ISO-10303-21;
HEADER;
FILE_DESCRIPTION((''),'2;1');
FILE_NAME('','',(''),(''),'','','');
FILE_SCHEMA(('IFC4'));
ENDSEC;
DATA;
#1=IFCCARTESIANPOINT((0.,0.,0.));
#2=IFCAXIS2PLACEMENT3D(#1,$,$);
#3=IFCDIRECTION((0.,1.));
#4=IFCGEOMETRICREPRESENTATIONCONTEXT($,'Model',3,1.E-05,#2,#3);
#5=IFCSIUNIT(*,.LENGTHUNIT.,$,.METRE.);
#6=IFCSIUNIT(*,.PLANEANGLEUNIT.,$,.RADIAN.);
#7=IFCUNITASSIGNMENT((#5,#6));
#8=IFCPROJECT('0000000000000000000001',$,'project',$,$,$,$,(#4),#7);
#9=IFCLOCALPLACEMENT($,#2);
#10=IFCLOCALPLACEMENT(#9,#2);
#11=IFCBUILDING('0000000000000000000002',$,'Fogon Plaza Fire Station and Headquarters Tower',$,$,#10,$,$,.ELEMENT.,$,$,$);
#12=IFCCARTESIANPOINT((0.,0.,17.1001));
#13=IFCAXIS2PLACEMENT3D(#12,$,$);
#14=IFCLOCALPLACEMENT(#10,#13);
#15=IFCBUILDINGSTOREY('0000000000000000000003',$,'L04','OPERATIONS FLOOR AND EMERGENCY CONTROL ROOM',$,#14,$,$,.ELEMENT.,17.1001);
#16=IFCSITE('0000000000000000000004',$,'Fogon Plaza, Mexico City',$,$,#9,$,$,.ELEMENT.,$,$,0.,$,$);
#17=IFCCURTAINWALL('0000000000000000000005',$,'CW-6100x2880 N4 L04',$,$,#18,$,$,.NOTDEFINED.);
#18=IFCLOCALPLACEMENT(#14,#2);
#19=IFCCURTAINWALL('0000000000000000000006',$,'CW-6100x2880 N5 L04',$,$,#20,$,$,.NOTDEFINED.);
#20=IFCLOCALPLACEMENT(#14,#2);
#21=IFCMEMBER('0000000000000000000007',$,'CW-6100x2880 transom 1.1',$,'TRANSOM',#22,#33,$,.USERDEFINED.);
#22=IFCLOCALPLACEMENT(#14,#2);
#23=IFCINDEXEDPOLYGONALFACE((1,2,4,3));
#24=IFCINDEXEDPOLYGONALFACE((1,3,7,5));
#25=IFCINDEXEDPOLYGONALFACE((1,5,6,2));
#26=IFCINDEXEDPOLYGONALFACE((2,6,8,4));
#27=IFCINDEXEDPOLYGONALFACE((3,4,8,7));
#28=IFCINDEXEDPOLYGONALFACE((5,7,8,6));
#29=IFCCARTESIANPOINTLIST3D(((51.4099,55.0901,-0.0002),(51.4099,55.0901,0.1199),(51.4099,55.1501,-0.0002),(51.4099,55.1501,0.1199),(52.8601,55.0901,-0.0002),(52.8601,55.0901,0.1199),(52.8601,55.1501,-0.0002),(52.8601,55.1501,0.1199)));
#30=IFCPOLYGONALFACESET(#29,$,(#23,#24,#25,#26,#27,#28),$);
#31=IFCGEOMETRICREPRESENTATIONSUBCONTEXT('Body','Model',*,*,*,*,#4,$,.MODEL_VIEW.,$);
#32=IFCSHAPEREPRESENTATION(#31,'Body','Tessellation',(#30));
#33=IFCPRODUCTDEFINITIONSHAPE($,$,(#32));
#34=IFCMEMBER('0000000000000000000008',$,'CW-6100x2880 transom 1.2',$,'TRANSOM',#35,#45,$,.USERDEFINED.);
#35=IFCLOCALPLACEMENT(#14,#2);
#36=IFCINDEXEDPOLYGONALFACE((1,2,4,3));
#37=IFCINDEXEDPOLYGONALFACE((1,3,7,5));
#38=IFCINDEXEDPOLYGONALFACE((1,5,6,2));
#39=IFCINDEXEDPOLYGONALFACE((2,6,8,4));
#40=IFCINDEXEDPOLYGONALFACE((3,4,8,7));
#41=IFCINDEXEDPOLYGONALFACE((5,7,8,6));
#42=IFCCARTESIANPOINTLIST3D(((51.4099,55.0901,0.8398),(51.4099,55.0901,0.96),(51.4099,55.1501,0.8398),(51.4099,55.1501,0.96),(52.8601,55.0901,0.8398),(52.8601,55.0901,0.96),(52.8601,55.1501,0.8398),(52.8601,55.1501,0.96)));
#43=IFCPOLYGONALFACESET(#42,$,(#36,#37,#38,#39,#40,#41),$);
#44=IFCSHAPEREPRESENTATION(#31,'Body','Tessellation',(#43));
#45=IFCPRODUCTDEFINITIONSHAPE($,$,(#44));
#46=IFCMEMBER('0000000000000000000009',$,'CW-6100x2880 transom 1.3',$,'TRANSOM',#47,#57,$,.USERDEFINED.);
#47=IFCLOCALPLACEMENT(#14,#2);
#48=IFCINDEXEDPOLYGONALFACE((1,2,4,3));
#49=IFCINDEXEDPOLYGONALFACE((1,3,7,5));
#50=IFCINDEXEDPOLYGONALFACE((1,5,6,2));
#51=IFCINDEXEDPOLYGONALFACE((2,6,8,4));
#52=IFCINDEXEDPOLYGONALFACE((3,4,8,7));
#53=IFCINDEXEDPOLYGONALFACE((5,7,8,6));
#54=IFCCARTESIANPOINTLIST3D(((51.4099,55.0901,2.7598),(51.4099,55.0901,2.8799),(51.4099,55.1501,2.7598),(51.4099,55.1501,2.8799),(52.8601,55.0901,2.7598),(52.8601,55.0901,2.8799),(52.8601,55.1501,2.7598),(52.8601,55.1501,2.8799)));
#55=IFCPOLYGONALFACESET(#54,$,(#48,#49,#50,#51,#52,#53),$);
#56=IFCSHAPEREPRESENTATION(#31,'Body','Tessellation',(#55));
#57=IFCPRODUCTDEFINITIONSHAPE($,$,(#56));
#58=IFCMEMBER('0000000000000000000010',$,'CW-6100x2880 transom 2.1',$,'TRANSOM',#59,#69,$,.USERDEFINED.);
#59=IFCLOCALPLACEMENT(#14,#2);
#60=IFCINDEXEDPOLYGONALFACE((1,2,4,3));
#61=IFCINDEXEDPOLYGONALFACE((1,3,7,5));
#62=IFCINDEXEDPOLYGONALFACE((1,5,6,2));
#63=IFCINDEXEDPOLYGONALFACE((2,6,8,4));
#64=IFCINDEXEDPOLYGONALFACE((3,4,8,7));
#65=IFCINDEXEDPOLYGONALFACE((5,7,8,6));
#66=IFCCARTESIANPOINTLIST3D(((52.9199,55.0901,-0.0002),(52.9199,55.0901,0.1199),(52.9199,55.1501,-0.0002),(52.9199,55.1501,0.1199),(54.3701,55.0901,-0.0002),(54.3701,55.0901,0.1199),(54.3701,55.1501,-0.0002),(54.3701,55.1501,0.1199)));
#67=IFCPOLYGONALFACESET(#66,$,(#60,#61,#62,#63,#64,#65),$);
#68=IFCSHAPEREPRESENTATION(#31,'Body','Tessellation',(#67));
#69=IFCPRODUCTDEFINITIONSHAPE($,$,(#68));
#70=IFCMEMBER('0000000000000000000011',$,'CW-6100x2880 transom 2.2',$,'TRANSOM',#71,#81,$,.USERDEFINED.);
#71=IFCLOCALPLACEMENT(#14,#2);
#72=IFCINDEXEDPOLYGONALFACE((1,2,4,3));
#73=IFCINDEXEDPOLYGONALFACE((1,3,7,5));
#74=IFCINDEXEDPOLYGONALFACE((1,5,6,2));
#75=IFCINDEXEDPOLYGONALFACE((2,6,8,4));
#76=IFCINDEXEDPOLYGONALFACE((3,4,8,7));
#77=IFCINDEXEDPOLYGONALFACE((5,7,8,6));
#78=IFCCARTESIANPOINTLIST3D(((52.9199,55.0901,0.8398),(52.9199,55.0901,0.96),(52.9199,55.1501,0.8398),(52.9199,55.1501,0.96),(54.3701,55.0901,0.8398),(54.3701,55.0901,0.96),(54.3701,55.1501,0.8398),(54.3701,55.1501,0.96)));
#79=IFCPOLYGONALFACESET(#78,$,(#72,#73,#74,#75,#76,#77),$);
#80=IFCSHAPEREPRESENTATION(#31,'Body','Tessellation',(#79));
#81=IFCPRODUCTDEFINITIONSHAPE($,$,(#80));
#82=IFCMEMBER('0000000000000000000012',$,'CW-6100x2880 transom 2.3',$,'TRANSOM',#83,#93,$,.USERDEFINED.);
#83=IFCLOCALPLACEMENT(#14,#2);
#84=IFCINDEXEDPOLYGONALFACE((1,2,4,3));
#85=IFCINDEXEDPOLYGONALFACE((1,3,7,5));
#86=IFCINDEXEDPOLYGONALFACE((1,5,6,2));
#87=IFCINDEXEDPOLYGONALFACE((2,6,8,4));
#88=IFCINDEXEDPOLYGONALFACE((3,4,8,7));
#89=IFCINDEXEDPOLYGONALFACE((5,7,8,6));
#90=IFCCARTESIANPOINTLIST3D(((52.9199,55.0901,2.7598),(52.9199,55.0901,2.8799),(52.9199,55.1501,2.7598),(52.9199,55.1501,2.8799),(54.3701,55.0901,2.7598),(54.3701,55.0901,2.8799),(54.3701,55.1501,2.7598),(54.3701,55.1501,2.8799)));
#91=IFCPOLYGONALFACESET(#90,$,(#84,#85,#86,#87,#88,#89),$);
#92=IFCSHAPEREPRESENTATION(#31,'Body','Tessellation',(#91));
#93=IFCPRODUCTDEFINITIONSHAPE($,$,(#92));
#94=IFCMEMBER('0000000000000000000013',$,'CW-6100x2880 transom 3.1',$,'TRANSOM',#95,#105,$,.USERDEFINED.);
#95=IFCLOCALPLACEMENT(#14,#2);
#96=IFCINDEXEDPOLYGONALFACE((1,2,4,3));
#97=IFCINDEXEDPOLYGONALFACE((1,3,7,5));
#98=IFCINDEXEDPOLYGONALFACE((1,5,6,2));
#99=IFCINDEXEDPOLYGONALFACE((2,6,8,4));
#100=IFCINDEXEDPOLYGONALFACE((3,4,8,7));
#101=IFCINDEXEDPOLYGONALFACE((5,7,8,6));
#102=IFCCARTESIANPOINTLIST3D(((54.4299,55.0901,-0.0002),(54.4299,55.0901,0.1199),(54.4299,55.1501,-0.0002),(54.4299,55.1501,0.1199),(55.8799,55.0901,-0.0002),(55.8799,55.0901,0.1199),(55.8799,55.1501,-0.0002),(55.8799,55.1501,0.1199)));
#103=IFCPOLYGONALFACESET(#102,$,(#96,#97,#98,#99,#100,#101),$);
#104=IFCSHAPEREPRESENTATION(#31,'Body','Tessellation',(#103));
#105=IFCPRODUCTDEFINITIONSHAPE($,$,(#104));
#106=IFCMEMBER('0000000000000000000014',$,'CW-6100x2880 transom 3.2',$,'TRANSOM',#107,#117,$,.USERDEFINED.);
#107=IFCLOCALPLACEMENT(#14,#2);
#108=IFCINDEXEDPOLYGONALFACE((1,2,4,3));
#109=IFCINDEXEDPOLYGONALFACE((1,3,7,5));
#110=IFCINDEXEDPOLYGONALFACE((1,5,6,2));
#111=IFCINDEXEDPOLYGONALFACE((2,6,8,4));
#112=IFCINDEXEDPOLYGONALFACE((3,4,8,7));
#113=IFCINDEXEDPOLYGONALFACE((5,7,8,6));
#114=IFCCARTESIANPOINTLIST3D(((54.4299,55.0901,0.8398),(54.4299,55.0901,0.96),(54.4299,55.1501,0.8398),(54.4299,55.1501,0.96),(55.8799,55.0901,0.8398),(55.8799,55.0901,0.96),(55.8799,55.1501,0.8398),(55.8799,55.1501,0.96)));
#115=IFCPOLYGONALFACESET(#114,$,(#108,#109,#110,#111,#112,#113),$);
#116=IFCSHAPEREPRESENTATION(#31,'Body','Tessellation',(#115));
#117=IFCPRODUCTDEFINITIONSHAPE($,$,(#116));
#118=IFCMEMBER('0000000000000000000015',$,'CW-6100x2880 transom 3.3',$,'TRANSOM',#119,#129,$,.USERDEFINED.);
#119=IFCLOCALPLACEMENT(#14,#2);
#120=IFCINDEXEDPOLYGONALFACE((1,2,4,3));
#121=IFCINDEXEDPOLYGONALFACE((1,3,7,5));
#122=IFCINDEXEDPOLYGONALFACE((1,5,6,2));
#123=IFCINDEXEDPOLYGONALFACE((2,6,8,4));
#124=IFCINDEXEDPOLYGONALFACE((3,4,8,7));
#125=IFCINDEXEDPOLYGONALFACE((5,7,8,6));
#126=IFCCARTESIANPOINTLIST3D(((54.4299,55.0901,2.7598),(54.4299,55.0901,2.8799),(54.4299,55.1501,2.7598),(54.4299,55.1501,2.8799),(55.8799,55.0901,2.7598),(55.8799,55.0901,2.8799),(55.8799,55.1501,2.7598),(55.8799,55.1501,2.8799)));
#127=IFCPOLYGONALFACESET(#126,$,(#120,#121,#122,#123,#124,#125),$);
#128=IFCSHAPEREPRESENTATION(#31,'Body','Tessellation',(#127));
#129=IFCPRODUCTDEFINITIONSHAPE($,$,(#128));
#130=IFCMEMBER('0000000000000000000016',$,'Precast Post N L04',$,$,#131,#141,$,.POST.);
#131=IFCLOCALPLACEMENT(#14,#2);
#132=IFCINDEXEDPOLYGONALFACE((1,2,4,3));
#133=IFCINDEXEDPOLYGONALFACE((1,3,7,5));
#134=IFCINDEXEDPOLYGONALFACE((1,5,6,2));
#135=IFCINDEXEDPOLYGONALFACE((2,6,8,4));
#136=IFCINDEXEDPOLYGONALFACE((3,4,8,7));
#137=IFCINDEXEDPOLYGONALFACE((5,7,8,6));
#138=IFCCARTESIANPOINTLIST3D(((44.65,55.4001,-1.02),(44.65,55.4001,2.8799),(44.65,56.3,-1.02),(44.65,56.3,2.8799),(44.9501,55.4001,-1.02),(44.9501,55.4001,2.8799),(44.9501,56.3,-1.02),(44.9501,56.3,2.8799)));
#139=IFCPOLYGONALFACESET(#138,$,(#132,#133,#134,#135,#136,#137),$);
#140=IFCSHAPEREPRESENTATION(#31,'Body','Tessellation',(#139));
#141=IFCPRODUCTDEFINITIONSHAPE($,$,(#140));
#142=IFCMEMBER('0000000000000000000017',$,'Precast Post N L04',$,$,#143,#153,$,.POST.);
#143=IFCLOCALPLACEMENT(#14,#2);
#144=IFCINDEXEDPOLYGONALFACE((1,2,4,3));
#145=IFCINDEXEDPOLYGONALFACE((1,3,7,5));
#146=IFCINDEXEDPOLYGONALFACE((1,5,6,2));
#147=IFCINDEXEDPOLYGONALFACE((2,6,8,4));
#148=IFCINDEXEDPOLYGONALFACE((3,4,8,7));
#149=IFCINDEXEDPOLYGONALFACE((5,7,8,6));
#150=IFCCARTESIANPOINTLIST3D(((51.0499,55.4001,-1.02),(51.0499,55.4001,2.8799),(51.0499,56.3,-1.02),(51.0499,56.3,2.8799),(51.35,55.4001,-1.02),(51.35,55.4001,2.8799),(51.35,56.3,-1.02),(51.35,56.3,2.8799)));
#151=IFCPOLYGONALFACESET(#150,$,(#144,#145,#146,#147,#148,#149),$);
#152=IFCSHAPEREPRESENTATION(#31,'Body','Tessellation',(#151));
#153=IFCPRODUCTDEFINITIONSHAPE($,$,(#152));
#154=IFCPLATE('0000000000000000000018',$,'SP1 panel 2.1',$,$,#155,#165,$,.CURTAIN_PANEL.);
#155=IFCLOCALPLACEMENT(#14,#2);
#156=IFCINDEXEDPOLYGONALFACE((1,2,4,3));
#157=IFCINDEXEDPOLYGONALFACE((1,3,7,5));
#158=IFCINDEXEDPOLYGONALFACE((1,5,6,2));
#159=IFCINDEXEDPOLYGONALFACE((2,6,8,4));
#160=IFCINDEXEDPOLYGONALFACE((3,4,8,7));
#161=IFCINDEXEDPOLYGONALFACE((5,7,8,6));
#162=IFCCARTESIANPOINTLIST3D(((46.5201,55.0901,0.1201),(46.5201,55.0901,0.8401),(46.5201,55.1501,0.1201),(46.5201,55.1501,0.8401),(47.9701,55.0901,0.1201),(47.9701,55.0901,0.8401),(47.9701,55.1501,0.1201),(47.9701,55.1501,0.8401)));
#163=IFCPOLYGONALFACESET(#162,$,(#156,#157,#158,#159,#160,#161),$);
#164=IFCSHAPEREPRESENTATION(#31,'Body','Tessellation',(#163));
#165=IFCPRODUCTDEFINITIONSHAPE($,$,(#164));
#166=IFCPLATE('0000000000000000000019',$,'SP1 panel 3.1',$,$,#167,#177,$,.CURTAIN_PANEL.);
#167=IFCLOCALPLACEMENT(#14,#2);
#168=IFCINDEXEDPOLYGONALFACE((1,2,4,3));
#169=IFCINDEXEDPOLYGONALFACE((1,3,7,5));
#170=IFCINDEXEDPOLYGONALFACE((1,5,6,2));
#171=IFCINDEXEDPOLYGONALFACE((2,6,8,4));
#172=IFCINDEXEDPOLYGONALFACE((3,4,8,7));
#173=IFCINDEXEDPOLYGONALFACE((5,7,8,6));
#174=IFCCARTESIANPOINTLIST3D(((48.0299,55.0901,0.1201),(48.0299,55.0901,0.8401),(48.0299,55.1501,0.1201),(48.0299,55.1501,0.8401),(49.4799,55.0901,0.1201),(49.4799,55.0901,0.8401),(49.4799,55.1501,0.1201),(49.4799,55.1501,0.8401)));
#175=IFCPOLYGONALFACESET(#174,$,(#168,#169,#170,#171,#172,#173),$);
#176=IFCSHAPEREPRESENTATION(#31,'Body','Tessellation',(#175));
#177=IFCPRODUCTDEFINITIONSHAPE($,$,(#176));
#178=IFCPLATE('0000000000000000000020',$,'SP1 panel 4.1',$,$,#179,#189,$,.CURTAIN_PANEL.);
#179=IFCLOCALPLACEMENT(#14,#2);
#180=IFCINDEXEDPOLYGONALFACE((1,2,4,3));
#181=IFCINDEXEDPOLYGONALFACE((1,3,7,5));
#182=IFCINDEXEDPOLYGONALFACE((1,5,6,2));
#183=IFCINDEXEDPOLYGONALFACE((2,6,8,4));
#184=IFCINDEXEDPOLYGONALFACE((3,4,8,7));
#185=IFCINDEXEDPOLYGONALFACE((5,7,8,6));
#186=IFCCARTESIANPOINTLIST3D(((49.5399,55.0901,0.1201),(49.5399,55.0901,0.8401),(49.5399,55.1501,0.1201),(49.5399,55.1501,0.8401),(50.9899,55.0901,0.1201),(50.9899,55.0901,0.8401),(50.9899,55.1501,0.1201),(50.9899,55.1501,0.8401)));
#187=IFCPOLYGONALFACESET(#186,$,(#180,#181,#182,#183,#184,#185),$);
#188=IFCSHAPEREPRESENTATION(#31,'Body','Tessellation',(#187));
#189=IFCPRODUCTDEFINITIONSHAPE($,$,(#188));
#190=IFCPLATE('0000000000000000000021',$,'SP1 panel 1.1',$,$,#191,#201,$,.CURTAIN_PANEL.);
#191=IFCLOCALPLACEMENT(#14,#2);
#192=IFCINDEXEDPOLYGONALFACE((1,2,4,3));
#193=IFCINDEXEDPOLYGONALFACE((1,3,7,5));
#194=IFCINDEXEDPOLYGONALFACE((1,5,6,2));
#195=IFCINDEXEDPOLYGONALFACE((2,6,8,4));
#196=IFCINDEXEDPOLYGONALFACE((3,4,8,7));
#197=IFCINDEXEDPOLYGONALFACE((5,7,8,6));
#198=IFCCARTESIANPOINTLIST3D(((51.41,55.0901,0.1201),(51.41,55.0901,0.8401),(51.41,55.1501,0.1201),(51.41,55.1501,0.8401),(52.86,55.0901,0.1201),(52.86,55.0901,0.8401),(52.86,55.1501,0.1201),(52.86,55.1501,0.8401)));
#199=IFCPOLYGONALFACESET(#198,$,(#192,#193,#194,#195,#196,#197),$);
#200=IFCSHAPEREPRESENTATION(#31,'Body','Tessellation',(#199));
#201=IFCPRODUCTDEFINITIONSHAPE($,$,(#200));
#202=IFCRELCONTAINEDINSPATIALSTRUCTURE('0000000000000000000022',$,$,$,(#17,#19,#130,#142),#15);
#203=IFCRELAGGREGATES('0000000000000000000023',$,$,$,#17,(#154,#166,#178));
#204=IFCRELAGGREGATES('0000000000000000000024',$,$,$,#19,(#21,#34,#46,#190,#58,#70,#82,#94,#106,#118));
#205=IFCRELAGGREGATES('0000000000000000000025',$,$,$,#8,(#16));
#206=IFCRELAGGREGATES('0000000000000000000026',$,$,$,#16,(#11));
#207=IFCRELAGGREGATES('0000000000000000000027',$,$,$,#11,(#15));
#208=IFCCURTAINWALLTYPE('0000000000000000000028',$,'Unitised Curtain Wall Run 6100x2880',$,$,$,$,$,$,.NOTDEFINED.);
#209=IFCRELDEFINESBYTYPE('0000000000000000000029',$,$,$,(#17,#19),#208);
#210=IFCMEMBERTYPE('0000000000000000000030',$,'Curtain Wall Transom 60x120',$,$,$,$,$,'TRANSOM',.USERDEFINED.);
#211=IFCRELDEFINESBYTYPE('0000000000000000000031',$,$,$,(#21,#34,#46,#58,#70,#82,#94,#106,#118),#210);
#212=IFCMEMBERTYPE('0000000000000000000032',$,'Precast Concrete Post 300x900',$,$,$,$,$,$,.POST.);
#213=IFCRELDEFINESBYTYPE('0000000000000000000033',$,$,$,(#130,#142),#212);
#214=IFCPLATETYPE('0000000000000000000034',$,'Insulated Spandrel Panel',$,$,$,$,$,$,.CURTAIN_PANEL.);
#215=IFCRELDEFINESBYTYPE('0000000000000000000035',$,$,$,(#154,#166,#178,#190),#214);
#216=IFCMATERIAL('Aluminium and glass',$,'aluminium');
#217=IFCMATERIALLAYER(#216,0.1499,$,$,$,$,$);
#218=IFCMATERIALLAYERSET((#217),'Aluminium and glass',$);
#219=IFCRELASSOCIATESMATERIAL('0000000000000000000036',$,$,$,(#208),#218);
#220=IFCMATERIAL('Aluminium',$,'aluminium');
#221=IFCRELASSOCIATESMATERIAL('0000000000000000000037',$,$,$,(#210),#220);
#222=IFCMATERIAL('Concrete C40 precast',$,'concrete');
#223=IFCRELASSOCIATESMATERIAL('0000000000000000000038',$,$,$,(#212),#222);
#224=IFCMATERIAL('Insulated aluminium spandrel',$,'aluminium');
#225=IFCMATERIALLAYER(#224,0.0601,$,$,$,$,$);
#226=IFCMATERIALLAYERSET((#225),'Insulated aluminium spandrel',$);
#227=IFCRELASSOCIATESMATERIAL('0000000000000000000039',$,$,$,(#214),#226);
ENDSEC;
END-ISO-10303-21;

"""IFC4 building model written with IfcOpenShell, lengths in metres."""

from ifc_helpers import new_model, si_unit, direction, frame, origin, origin_2d, place, context, subcontext, project, spatial, rectangle, extrude, material, layer, layer_set, material_profile, profile_set, type_object, element, aggregate, save


model = new_model("IFC4")

# Units and contexts
model_context = context("Model", 3, precision=1e-05, world=origin(), true_north=direction((0.0, 1.0)))
body_context = subcontext(model_context, "Body", "Model", "MODEL_VIEW")
ifc_project = project(units=[si_unit("LENGTHUNIT", "METRE"), si_unit("PLANEANGLEUNIT", "RADIAN")], contexts=[model_context])

# Site, building, storey
site_placement = place(None, origin())
site = spatial("IfcSite", under=ifc_project, at=site_placement, Name="Fogon Plaza, Mexico City", CompositionType="ELEMENT", RefElevation=0.0)
building_placement = place(site_placement, origin())
building = spatial("IfcBuilding", under=site, at=building_placement, Name="Fogon Plaza Fire Station and Headquarters Tower", CompositionType="ELEMENT")
storey_placement = place(building_placement, frame((0.0, 0.0, 17.1001)))
storey = spatial("IfcBuildingStorey", under=building, at=storey_placement, Name="L04", Description="OPERATIONS FLOOR AND EMERGENCY CONTROL ROOM", CompositionType="ELEMENT", Elevation=17.1001)

# Curtain walls
ifc_material_1 = material(Name="Aluminium and glass", Category="aluminium")
ifc_layer_1 = layer(ifc_material_1, 0.1499)
ifc_layer_set_1 = layer_set([ifc_layer_1], Name="Aluminium and glass")
curtain_wall_type = type_object("IfcCurtainWallType", Name="Unitised Curtain Wall Run 6100x2880", PredefinedType="NOTDEFINED", material=ifc_layer_set_1)
curtain_wall_1_placement = place(storey_placement, origin())
curtain_wall_1 = element("IfcCurtainWall", 1, at=curtain_wall_1_placement, inside=storey, type_object=curtain_wall_type, Name="CW-6100x2880 N4 L04", PredefinedType="NOTDEFINED")
curtain_wall_2_placement = place(storey_placement, origin())
curtain_wall_2 = element("IfcCurtainWall", 2, at=curtain_wall_2_placement, inside=storey, type_object=curtain_wall_type, Name="CW-6100x2880 N5 L04", PredefinedType="NOTDEFINED")

# Members
ifc_material_2 = material(Name="Aluminium", Category="aluminium")
ifc_material_profile_1 = material_profile(ifc_material_2, rectangle(XDim=0.0601, YDim=0.1201, at=origin_2d()), Name="Curtain Wall Transom 60x120")
ifc_profile_set_1 = profile_set([ifc_material_profile_1], Name="Aluminium")
member_type_1 = type_object("IfcMemberType", Name="Curtain Wall Transom 60x120", ElementType="TRANSOM", PredefinedType="USERDEFINED", material=ifc_profile_set_1)
member_1_placement = place(storey_placement, frame((51.4099, 55.1201, 0.0598), z_axis=(1.0, 0.0, 0.0), x_axis=(0.0, 1.0, 0.0)))
member_1 = element("IfcMember", 3, at=member_1_placement, type_object=member_type_1, Name="CW-6100x2880 transom 1.1", ObjectType="TRANSOM", PredefinedType="USERDEFINED", context=body_context, shape_type="SweptSolid", body=[
    extrude(rectangle(XDim=0.0601, YDim=0.1201, at=origin_2d()), origin(), (0.0, 0.0, 1.0), 1.4502),
])
member_2_placement = place(storey_placement, frame((51.4099, 55.1201, 0.8999), z_axis=(1.0, 0.0, 0.0), x_axis=(0.0, 1.0, 0.0)))
member_2 = element("IfcMember", 4, at=member_2_placement, type_object=member_type_1, Name="CW-6100x2880 transom 1.2", ObjectType="TRANSOM", PredefinedType="USERDEFINED", context=body_context, shape_type="SweptSolid", body=[
    extrude(rectangle(XDim=0.0601, YDim=0.1201, at=origin_2d()), origin(), (0.0, 0.0, 1.0), 1.4502),
])
member_3_placement = place(storey_placement, frame((51.4099, 55.1201, 2.8198), z_axis=(1.0, 0.0, 0.0), x_axis=(0.0, 1.0, 0.0)))
member_3 = element("IfcMember", 5, at=member_3_placement, type_object=member_type_1, Name="CW-6100x2880 transom 1.3", ObjectType="TRANSOM", PredefinedType="USERDEFINED", context=body_context, shape_type="SweptSolid", body=[
    extrude(rectangle(XDim=0.0601, YDim=0.1201, at=origin_2d()), origin(), (0.0, 0.0, 1.0), 1.4502),
])
member_4_placement = place(storey_placement, frame((52.9199, 55.1201, 0.0598), z_axis=(1.0, 0.0, 0.0), x_axis=(0.0, 1.0, 0.0)))
member_4 = element("IfcMember", 6, at=member_4_placement, type_object=member_type_1, Name="CW-6100x2880 transom 2.1", ObjectType="TRANSOM", PredefinedType="USERDEFINED", context=body_context, shape_type="SweptSolid", body=[
    extrude(rectangle(XDim=0.0601, YDim=0.1201, at=origin_2d()), origin(), (0.0, 0.0, 1.0), 1.4502),
])
member_5_placement = place(storey_placement, frame((52.9199, 55.1201, 0.8999), z_axis=(1.0, 0.0, 0.0), x_axis=(0.0, 1.0, 0.0)))
member_5 = element("IfcMember", 7, at=member_5_placement, type_object=member_type_1, Name="CW-6100x2880 transom 2.2", ObjectType="TRANSOM", PredefinedType="USERDEFINED", context=body_context, shape_type="SweptSolid", body=[
    extrude(rectangle(XDim=0.0601, YDim=0.1201, at=origin_2d()), origin(), (0.0, 0.0, 1.0), 1.4502),
])
member_6_placement = place(storey_placement, frame((52.9199, 55.1201, 2.8198), z_axis=(1.0, 0.0, 0.0), x_axis=(0.0, 1.0, 0.0)))
member_6 = element("IfcMember", 8, at=member_6_placement, type_object=member_type_1, Name="CW-6100x2880 transom 2.3", ObjectType="TRANSOM", PredefinedType="USERDEFINED", context=body_context, shape_type="SweptSolid", body=[
    extrude(rectangle(XDim=0.0601, YDim=0.1201, at=origin_2d()), origin(), (0.0, 0.0, 1.0), 1.4502),
])
member_7_placement = place(storey_placement, frame((54.4299, 55.1201, 0.0598), z_axis=(1.0, 0.0, 0.0), x_axis=(0.0, 1.0, 0.0)))
member_7 = element("IfcMember", 9, at=member_7_placement, type_object=member_type_1, Name="CW-6100x2880 transom 3.1", ObjectType="TRANSOM", PredefinedType="USERDEFINED", context=body_context, shape_type="SweptSolid", body=[
    extrude(rectangle(XDim=0.0601, YDim=0.1201, at=origin_2d()), origin(), (0.0, 0.0, 1.0), 1.45),
])
member_8_placement = place(storey_placement, frame((54.4299, 55.1201, 0.8999), z_axis=(1.0, 0.0, 0.0), x_axis=(0.0, 1.0, 0.0)))
member_8 = element("IfcMember", 10, at=member_8_placement, type_object=member_type_1, Name="CW-6100x2880 transom 3.2", ObjectType="TRANSOM", PredefinedType="USERDEFINED", context=body_context, shape_type="SweptSolid", body=[
    extrude(rectangle(XDim=0.0601, YDim=0.1201, at=origin_2d()), origin(), (0.0, 0.0, 1.0), 1.45),
])
member_9_placement = place(storey_placement, frame((54.4299, 55.1201, 2.8198), z_axis=(1.0, 0.0, 0.0), x_axis=(0.0, 1.0, 0.0)))
member_9 = element("IfcMember", 11, at=member_9_placement, type_object=member_type_1, Name="CW-6100x2880 transom 3.3", ObjectType="TRANSOM", PredefinedType="USERDEFINED", context=body_context, shape_type="SweptSolid", body=[
    extrude(rectangle(XDim=0.0601, YDim=0.1201, at=origin_2d()), origin(), (0.0, 0.0, 1.0), 1.45),
])

# Members
ifc_material_3 = material(Name="Concrete C40 precast", Category="concrete")
ifc_material_profile_2 = material_profile(ifc_material_3, rectangle(XDim=0.3, YDim=0.8999, at=origin_2d()), Name="Precast Concrete Post 300x900")
ifc_profile_set_2 = profile_set([ifc_material_profile_2], Name="Concrete C40 precast")
member_type_2 = type_object("IfcMemberType", Name="Precast Concrete Post 300x900", PredefinedType="POST", material=ifc_profile_set_2)
for number, where, z_axis, x_axis, name in (
    (12, (44.8, 55.8501, -1.02), (0.0, 0.0, 1.0), (1.0, 0.0, 0.0), "Precast Post N L04"),
    (13, (51.2, 55.8501, -1.02), (0.0, 0.0, 1.0), (1.0, 0.0, 0.0), "Precast Post N L04"),
):
    element("IfcMember", number, at=place(storey_placement, frame(where, z_axis=z_axis, x_axis=x_axis)), inside=storey, type_object=member_type_2, Name=name, PredefinedType="POST", context=body_context, shape_type="SweptSolid", body=[
        extrude(rectangle(XDim=0.3, YDim=0.8999, at=origin_2d()), origin(), (0.0, 0.0, 1.0), 3.8999),
    ])

# Plates
ifc_material_4 = material(Name="Insulated aluminium spandrel", Category="aluminium")
ifc_layer_2 = layer(ifc_material_4, 0.0601)
ifc_layer_set_2 = layer_set([ifc_layer_2], Name="Insulated aluminium spandrel")
plate_type_1 = type_object("IfcPlateType", Name="Insulated Spandrel Panel", PredefinedType="CURTAIN_PANEL", material=ifc_layer_set_2)
plate_1_placement = place(storey_placement, frame((47.2451, 55.1201, 0.1201), z_axis=(0.0, 0.0, 1.0), x_axis=(1.0, 0.0, 0.0)))
plate_1 = element("IfcPlate", 14, at=plate_1_placement, type_object=plate_type_1, Name="SP1 panel 2.1", PredefinedType="CURTAIN_PANEL", context=body_context, shape_type="SweptSolid", body=[
    extrude(rectangle(XDim=1.45, YDim=0.0601, at=origin_2d()), origin(), (0.0, 0.0, 1.0), 0.72),
])
plate_2_placement = place(storey_placement, frame((48.7549, 55.1201, 0.1201), z_axis=(0.0, 0.0, 1.0), x_axis=(1.0, 0.0, 0.0)))
plate_2 = element("IfcPlate", 15, at=plate_2_placement, type_object=plate_type_1, Name="SP1 panel 3.1", PredefinedType="CURTAIN_PANEL", context=body_context, shape_type="SweptSolid", body=[
    extrude(rectangle(XDim=1.45, YDim=0.0601, at=origin_2d()), origin(), (0.0, 0.0, 1.0), 0.72),
])
plate_3_placement = place(storey_placement, frame((50.2649, 55.1201, 0.1201), z_axis=(0.0, 0.0, 1.0), x_axis=(1.0, 0.0, 0.0)))
plate_3 = element("IfcPlate", 16, at=plate_3_placement, type_object=plate_type_1, Name="SP1 panel 4.1", PredefinedType="CURTAIN_PANEL", context=body_context, shape_type="SweptSolid", body=[
    extrude(rectangle(XDim=1.45, YDim=0.0601, at=origin_2d()), origin(), (0.0, 0.0, 1.0), 0.72),
])
plate_4_placement = place(storey_placement, frame((52.135, 55.1201, 0.1201), z_axis=(0.0, 0.0, 1.0), x_axis=(1.0, 0.0, 0.0)))
plate_4 = element("IfcPlate", 17, at=plate_4_placement, type_object=plate_type_1, Name="SP1 panel 1.1", PredefinedType="CURTAIN_PANEL", context=body_context, shape_type="SweptSolid", body=[
    extrude(rectangle(XDim=1.45, YDim=0.0601, at=origin_2d()), origin(), (0.0, 0.0, 1.0), 0.72),
])
aggregate(curtain_wall_1, [plate_1, plate_2, plate_3])
aggregate(curtain_wall_2, [member_1, member_2, member_3, plate_4, member_4, member_5, member_6, member_7, member_8, member_9])

save(model, "model.ifc")
